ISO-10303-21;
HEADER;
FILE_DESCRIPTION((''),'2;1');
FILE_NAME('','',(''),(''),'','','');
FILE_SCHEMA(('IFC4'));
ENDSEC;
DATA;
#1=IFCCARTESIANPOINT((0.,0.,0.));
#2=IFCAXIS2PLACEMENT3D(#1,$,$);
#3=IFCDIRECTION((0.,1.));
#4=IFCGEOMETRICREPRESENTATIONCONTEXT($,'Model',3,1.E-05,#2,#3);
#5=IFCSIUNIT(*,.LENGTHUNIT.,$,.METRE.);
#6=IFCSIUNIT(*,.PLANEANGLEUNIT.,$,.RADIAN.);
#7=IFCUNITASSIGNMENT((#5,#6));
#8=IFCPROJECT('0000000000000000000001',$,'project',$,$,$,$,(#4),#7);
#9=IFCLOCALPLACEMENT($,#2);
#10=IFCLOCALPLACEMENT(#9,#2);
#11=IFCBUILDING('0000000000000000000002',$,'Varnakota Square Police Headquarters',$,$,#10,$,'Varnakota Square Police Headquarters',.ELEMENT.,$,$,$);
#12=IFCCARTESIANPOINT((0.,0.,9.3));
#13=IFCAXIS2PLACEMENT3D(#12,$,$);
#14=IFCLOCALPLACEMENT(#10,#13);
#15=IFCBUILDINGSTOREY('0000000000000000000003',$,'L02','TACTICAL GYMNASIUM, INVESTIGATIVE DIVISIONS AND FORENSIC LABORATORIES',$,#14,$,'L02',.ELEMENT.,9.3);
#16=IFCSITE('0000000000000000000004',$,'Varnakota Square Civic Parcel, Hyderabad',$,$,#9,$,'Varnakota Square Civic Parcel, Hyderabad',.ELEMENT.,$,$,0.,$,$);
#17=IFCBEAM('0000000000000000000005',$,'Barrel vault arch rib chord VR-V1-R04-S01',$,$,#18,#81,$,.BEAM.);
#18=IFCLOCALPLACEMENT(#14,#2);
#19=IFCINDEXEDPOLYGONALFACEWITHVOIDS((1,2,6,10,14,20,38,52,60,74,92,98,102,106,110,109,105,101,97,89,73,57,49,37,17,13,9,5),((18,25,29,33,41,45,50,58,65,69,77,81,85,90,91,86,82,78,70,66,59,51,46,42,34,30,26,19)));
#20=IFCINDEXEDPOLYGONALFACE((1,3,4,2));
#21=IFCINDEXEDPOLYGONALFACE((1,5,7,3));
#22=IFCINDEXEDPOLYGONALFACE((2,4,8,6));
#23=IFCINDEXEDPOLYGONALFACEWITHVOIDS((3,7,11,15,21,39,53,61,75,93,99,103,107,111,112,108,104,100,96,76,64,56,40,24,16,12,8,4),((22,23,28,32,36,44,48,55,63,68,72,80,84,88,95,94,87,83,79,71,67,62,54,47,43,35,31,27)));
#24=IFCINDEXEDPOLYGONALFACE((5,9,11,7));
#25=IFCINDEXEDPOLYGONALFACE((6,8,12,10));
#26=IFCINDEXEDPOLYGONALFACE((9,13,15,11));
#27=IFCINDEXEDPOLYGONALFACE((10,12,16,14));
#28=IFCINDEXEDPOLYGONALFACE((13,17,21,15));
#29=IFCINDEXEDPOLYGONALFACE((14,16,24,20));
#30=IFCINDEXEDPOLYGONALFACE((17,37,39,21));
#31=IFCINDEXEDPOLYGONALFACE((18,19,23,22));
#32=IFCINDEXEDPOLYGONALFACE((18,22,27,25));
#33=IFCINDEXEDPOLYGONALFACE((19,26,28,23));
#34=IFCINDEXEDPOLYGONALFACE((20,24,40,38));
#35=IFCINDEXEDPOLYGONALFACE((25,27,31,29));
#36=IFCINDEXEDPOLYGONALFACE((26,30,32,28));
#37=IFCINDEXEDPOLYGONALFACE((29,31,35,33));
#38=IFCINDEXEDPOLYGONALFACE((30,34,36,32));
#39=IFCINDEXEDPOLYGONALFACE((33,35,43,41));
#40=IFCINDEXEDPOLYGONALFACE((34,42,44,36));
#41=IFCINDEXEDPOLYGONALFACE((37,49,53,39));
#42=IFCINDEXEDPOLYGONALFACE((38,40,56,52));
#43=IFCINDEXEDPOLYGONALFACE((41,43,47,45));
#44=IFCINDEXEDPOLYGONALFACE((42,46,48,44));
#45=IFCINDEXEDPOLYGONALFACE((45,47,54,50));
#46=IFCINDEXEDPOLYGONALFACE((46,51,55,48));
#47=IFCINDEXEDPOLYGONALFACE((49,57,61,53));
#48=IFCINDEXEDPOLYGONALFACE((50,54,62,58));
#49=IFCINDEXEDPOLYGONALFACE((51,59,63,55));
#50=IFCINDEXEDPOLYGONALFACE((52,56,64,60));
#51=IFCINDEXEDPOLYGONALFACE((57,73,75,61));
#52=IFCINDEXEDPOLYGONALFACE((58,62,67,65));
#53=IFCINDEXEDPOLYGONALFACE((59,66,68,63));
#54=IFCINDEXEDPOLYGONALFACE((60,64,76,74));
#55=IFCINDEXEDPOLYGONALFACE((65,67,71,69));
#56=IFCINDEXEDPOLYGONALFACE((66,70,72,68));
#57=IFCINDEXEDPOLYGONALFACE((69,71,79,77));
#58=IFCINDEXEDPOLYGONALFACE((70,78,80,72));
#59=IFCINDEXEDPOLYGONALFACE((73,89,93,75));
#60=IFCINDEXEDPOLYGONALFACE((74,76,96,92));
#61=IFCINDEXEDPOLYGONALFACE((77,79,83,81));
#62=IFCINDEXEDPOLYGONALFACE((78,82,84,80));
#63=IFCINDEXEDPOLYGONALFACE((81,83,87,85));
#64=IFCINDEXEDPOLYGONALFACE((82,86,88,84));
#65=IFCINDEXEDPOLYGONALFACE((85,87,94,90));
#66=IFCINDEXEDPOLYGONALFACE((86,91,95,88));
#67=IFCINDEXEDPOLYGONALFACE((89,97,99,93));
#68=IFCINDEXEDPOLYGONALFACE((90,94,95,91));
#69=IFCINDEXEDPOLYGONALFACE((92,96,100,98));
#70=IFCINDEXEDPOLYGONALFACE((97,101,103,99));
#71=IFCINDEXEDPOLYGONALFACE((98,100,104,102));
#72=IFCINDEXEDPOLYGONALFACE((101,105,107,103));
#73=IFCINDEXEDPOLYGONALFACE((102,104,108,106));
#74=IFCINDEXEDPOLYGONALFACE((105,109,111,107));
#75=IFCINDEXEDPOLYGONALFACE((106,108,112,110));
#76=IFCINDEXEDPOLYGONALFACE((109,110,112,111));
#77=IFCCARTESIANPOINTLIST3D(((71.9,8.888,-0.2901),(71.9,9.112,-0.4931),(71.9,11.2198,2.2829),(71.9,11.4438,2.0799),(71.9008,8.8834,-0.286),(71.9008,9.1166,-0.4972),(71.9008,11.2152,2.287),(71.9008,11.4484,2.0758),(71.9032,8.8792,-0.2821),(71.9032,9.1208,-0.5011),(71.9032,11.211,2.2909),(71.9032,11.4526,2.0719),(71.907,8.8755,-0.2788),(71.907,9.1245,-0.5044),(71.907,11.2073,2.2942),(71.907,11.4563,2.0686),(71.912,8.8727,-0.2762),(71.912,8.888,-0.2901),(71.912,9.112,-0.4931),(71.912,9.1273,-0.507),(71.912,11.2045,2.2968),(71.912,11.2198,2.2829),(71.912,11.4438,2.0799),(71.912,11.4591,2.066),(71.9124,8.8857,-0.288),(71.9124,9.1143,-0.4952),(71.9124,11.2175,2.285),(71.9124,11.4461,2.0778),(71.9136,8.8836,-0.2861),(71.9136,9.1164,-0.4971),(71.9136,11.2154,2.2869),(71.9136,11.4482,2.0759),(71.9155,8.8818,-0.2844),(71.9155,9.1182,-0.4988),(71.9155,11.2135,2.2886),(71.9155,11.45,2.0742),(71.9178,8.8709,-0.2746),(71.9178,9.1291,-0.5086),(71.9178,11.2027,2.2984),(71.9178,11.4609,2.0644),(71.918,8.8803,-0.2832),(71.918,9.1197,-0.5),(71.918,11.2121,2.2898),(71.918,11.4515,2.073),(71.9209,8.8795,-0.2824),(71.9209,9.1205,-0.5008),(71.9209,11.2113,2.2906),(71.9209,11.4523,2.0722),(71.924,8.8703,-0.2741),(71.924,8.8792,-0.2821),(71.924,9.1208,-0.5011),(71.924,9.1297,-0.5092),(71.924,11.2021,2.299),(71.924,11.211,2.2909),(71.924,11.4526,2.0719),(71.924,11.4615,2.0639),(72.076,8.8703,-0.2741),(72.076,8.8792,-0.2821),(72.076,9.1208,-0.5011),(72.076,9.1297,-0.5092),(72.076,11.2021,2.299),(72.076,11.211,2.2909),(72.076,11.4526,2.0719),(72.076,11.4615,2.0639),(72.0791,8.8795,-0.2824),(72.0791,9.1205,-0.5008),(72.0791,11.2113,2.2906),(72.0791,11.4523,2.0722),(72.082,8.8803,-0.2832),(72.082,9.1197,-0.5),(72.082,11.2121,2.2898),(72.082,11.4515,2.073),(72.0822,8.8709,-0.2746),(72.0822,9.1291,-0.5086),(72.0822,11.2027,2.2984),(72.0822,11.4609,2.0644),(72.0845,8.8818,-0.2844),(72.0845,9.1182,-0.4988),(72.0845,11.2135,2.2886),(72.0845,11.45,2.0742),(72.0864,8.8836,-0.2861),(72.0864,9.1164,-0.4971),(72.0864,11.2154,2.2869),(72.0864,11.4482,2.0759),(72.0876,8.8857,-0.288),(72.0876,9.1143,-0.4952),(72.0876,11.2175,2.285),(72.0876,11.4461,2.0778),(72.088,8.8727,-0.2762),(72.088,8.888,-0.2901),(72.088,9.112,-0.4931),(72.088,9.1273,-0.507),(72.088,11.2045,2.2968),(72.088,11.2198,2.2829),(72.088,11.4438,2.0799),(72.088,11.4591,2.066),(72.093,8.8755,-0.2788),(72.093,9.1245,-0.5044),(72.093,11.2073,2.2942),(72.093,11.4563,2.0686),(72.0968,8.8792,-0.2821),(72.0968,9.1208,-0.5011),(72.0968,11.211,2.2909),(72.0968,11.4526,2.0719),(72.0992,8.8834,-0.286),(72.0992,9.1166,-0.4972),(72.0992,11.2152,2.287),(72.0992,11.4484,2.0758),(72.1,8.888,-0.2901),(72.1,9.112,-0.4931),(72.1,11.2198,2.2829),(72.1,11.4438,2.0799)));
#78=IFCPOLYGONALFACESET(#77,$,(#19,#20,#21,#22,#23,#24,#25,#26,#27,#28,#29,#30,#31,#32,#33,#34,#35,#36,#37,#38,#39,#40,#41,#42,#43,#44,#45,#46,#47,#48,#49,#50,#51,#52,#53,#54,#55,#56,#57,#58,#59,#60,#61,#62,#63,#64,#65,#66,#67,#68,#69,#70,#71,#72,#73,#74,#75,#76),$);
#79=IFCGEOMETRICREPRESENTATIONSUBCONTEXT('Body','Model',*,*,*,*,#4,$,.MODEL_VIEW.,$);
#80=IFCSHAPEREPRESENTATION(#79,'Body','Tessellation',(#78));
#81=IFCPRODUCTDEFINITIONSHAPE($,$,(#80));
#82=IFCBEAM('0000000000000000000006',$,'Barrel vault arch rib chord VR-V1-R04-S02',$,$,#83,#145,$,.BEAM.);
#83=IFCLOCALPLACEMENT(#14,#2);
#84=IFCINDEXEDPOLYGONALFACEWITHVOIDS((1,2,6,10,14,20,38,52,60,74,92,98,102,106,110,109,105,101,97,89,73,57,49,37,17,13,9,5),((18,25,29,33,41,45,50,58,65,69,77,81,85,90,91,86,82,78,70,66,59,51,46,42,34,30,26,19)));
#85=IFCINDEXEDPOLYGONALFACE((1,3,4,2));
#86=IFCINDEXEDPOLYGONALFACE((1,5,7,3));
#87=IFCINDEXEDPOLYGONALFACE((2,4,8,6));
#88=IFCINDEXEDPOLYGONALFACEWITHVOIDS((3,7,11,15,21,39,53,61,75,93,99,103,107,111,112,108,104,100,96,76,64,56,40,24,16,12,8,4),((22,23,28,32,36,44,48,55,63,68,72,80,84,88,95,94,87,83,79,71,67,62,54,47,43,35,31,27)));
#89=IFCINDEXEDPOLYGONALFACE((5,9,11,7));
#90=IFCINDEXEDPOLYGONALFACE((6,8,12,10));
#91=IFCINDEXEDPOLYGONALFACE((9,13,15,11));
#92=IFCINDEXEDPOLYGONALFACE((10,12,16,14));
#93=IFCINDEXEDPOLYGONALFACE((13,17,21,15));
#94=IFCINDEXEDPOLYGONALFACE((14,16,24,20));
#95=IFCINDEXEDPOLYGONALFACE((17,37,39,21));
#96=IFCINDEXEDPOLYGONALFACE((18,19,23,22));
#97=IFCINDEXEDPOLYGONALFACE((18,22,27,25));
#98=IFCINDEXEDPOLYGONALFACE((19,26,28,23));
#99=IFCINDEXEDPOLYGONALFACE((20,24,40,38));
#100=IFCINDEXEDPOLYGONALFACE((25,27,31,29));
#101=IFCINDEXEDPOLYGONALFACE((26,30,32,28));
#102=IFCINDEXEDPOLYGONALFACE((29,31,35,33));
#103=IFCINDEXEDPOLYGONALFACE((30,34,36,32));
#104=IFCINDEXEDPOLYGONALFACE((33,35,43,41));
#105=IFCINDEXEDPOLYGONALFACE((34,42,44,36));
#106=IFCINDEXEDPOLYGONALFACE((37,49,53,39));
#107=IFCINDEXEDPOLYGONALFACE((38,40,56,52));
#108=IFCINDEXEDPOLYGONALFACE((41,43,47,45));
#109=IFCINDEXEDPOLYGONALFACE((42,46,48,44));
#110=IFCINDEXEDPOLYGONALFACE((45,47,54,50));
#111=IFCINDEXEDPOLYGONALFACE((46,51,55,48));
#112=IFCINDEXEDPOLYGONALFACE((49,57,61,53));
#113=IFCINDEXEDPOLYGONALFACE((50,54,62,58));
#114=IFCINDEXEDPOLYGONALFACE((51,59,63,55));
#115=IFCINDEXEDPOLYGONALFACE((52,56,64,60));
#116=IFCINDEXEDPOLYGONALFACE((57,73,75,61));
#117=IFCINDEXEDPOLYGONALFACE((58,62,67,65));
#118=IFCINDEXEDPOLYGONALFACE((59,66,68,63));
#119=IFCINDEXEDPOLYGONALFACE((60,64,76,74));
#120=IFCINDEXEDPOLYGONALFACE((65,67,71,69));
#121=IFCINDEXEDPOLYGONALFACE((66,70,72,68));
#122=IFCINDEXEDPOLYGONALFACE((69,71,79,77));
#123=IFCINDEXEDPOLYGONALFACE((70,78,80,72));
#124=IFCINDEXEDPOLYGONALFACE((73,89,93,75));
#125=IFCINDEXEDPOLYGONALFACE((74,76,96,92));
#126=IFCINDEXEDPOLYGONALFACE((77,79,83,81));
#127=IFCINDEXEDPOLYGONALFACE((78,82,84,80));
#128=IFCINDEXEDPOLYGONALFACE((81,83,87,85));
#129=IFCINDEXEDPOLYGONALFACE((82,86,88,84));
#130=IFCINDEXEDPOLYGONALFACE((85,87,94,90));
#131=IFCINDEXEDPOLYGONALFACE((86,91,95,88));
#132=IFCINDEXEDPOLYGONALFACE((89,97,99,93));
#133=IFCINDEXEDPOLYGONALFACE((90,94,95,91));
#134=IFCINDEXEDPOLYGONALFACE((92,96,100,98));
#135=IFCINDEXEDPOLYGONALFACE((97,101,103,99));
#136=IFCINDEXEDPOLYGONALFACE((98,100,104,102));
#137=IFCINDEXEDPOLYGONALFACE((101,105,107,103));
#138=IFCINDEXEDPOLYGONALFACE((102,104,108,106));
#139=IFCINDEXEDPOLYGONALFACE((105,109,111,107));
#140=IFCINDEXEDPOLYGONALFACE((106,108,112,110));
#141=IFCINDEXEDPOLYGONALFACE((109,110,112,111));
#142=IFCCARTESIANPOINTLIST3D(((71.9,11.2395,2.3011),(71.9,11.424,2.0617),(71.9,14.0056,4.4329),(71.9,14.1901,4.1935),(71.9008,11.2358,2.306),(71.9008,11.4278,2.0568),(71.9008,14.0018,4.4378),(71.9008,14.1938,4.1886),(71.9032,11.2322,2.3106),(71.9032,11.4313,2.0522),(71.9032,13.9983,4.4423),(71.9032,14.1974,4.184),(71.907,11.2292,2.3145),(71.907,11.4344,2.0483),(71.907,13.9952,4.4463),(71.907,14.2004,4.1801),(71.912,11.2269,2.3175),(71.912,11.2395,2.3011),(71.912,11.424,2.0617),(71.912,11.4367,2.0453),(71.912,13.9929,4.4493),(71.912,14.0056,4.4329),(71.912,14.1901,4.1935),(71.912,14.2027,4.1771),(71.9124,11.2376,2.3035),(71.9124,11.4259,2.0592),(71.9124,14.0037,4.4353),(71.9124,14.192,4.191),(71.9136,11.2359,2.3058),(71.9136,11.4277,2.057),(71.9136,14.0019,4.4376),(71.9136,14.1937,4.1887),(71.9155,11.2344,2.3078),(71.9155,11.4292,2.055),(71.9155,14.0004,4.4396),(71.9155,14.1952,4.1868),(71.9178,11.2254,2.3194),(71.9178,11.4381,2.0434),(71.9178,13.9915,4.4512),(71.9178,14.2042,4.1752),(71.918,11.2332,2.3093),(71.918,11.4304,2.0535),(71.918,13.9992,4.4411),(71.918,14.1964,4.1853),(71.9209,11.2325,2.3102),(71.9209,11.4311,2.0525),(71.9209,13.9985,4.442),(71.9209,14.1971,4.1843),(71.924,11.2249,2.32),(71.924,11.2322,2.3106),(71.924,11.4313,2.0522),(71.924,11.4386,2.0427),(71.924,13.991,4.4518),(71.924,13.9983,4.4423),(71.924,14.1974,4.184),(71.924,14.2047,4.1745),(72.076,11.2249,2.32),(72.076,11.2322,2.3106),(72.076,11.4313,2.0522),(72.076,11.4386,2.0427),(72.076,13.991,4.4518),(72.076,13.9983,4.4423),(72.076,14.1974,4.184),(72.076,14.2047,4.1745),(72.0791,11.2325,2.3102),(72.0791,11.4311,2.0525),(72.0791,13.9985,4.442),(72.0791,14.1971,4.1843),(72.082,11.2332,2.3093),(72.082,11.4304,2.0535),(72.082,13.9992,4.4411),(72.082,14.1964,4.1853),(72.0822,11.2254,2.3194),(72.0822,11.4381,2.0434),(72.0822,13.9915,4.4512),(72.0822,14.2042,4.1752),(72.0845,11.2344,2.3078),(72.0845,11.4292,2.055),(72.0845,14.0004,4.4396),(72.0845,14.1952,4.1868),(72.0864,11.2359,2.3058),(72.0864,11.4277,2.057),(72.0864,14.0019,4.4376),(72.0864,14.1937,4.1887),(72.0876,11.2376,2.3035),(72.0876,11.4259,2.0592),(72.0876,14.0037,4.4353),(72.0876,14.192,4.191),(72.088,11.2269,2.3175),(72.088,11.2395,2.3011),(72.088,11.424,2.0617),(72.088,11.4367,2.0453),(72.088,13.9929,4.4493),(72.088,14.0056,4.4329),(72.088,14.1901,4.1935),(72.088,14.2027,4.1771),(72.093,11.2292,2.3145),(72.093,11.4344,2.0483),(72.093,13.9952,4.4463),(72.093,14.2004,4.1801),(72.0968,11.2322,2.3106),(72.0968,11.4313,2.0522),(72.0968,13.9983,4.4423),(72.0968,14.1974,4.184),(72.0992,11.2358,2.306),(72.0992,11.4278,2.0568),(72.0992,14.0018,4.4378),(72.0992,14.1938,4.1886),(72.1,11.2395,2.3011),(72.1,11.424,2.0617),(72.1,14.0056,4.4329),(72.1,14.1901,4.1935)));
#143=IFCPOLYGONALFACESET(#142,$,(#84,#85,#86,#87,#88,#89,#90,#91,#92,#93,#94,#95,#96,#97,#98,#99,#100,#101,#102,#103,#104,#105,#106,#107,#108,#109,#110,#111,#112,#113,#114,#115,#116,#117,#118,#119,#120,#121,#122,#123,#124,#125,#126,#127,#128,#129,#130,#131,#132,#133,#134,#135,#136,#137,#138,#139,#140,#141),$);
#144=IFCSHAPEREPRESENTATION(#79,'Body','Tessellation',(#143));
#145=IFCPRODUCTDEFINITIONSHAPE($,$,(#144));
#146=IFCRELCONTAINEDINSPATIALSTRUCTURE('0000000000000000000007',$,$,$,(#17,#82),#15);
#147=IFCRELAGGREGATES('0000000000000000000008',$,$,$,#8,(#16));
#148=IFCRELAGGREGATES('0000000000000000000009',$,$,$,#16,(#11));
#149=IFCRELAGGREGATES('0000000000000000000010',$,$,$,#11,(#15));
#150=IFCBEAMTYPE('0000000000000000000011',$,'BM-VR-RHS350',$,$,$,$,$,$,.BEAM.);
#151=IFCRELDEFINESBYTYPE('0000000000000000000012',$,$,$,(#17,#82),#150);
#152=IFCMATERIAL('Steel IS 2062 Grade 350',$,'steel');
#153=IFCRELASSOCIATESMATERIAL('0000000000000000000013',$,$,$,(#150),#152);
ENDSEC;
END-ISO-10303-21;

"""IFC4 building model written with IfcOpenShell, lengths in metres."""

from ifc_helpers import new_model, si_unit, direction, frame, origin, origin_2d, place, context, subcontext, project, spatial, hollow_rectangle, extrude, material, material_profile, profile_set, type_object, element, save


model = new_model("IFC4")

# Units and contexts
model_context = context("Model", 3, precision=1e-05, world=origin(), true_north=direction((0.0, 1.0)))
body_context = subcontext(model_context, "Body", "Model", "MODEL_VIEW")
ifc_project = project(units=[si_unit("LENGTHUNIT", "METRE"), si_unit("PLANEANGLEUNIT", "RADIAN")], contexts=[model_context])

# Site, building, storey
site_placement = place(None, origin())
site = spatial("IfcSite", under=ifc_project, at=site_placement, Name="Varnakota Square Civic Parcel, Hyderabad", LongName="Varnakota Square Civic Parcel, Hyderabad", CompositionType="ELEMENT", RefElevation=0.0)
building_placement = place(site_placement, origin())
building = spatial("IfcBuilding", under=site, at=building_placement, Name="Varnakota Square Police Headquarters", LongName="Varnakota Square Police Headquarters", CompositionType="ELEMENT")
storey_placement = place(building_placement, frame((0.0, 0.0, 9.3)))
storey = spatial("IfcBuildingStorey", under=building, at=storey_placement, Name="L02", Description="TACTICAL GYMNASIUM, INVESTIGATIVE DIVISIONS AND FORENSIC LABORATORIES", LongName="L02", CompositionType="ELEMENT", Elevation=9.3)

# Beams
ifc_material_1 = material(Name="Steel IS 2062 Grade 350", Category="steel")
ifc_material_profile_1 = material_profile(ifc_material_1, hollow_rectangle(XDim=0.2, YDim=0.3501, WallThickness=0.012, InnerFilletRadius=0.012, OuterFilletRadius=0.0239, at=origin_2d()), Name="RHS 350x200x12")
ifc_profile_set_1 = profile_set([ifc_material_profile_1], Name="Steel IS 2062 Grade 350")
beam_type_1 = type_object("IfcBeamType", Name="BM-VR-RHS350", PredefinedType="BEAM", material=ifc_profile_set_1)
beam_1_placement = place(storey_placement, frame((72.0, 9.0, -0.3916), z_axis=(0.0, 0.671521, 0.740986), x_axis=(-1.0, 0.0, 0.0)))
element("IfcBeam", 1, at=beam_1_placement, inside=storey, type_object=beam_type_1, Name="Barrel vault arch rib chord VR-V1-R04-S01", PredefinedType="BEAM", context=body_context, shape_type="SweptSolid", body=[
    extrude(hollow_rectangle(XDim=0.2, YDim=0.3501, WallThickness=0.012, InnerFilletRadius=0.012, OuterFilletRadius=0.0239, at=origin_2d()), origin(), (0.0, 0.0, 1.0), 3.4724),
])
beam_2_placement = place(storey_placement, frame((72.0, 11.3318, 2.1814), z_axis=(0.0, 0.792062, 0.61044), x_axis=(-1.0, 0.0, 0.0)))
element("IfcBeam", 2, at=beam_2_placement, inside=storey, type_object=beam_type_1, Name="Barrel vault arch rib chord VR-V1-R04-S02", PredefinedType="BEAM", context=body_context, shape_type="SweptSolid", body=[
    extrude(hollow_rectangle(XDim=0.2, YDim=0.3501, WallThickness=0.012, InnerFilletRadius=0.012, OuterFilletRadius=0.0239, at=origin_2d()), origin(), (0.0, 0.0, 1.0), 3.4922),
])

save(model, "model.ifc")
